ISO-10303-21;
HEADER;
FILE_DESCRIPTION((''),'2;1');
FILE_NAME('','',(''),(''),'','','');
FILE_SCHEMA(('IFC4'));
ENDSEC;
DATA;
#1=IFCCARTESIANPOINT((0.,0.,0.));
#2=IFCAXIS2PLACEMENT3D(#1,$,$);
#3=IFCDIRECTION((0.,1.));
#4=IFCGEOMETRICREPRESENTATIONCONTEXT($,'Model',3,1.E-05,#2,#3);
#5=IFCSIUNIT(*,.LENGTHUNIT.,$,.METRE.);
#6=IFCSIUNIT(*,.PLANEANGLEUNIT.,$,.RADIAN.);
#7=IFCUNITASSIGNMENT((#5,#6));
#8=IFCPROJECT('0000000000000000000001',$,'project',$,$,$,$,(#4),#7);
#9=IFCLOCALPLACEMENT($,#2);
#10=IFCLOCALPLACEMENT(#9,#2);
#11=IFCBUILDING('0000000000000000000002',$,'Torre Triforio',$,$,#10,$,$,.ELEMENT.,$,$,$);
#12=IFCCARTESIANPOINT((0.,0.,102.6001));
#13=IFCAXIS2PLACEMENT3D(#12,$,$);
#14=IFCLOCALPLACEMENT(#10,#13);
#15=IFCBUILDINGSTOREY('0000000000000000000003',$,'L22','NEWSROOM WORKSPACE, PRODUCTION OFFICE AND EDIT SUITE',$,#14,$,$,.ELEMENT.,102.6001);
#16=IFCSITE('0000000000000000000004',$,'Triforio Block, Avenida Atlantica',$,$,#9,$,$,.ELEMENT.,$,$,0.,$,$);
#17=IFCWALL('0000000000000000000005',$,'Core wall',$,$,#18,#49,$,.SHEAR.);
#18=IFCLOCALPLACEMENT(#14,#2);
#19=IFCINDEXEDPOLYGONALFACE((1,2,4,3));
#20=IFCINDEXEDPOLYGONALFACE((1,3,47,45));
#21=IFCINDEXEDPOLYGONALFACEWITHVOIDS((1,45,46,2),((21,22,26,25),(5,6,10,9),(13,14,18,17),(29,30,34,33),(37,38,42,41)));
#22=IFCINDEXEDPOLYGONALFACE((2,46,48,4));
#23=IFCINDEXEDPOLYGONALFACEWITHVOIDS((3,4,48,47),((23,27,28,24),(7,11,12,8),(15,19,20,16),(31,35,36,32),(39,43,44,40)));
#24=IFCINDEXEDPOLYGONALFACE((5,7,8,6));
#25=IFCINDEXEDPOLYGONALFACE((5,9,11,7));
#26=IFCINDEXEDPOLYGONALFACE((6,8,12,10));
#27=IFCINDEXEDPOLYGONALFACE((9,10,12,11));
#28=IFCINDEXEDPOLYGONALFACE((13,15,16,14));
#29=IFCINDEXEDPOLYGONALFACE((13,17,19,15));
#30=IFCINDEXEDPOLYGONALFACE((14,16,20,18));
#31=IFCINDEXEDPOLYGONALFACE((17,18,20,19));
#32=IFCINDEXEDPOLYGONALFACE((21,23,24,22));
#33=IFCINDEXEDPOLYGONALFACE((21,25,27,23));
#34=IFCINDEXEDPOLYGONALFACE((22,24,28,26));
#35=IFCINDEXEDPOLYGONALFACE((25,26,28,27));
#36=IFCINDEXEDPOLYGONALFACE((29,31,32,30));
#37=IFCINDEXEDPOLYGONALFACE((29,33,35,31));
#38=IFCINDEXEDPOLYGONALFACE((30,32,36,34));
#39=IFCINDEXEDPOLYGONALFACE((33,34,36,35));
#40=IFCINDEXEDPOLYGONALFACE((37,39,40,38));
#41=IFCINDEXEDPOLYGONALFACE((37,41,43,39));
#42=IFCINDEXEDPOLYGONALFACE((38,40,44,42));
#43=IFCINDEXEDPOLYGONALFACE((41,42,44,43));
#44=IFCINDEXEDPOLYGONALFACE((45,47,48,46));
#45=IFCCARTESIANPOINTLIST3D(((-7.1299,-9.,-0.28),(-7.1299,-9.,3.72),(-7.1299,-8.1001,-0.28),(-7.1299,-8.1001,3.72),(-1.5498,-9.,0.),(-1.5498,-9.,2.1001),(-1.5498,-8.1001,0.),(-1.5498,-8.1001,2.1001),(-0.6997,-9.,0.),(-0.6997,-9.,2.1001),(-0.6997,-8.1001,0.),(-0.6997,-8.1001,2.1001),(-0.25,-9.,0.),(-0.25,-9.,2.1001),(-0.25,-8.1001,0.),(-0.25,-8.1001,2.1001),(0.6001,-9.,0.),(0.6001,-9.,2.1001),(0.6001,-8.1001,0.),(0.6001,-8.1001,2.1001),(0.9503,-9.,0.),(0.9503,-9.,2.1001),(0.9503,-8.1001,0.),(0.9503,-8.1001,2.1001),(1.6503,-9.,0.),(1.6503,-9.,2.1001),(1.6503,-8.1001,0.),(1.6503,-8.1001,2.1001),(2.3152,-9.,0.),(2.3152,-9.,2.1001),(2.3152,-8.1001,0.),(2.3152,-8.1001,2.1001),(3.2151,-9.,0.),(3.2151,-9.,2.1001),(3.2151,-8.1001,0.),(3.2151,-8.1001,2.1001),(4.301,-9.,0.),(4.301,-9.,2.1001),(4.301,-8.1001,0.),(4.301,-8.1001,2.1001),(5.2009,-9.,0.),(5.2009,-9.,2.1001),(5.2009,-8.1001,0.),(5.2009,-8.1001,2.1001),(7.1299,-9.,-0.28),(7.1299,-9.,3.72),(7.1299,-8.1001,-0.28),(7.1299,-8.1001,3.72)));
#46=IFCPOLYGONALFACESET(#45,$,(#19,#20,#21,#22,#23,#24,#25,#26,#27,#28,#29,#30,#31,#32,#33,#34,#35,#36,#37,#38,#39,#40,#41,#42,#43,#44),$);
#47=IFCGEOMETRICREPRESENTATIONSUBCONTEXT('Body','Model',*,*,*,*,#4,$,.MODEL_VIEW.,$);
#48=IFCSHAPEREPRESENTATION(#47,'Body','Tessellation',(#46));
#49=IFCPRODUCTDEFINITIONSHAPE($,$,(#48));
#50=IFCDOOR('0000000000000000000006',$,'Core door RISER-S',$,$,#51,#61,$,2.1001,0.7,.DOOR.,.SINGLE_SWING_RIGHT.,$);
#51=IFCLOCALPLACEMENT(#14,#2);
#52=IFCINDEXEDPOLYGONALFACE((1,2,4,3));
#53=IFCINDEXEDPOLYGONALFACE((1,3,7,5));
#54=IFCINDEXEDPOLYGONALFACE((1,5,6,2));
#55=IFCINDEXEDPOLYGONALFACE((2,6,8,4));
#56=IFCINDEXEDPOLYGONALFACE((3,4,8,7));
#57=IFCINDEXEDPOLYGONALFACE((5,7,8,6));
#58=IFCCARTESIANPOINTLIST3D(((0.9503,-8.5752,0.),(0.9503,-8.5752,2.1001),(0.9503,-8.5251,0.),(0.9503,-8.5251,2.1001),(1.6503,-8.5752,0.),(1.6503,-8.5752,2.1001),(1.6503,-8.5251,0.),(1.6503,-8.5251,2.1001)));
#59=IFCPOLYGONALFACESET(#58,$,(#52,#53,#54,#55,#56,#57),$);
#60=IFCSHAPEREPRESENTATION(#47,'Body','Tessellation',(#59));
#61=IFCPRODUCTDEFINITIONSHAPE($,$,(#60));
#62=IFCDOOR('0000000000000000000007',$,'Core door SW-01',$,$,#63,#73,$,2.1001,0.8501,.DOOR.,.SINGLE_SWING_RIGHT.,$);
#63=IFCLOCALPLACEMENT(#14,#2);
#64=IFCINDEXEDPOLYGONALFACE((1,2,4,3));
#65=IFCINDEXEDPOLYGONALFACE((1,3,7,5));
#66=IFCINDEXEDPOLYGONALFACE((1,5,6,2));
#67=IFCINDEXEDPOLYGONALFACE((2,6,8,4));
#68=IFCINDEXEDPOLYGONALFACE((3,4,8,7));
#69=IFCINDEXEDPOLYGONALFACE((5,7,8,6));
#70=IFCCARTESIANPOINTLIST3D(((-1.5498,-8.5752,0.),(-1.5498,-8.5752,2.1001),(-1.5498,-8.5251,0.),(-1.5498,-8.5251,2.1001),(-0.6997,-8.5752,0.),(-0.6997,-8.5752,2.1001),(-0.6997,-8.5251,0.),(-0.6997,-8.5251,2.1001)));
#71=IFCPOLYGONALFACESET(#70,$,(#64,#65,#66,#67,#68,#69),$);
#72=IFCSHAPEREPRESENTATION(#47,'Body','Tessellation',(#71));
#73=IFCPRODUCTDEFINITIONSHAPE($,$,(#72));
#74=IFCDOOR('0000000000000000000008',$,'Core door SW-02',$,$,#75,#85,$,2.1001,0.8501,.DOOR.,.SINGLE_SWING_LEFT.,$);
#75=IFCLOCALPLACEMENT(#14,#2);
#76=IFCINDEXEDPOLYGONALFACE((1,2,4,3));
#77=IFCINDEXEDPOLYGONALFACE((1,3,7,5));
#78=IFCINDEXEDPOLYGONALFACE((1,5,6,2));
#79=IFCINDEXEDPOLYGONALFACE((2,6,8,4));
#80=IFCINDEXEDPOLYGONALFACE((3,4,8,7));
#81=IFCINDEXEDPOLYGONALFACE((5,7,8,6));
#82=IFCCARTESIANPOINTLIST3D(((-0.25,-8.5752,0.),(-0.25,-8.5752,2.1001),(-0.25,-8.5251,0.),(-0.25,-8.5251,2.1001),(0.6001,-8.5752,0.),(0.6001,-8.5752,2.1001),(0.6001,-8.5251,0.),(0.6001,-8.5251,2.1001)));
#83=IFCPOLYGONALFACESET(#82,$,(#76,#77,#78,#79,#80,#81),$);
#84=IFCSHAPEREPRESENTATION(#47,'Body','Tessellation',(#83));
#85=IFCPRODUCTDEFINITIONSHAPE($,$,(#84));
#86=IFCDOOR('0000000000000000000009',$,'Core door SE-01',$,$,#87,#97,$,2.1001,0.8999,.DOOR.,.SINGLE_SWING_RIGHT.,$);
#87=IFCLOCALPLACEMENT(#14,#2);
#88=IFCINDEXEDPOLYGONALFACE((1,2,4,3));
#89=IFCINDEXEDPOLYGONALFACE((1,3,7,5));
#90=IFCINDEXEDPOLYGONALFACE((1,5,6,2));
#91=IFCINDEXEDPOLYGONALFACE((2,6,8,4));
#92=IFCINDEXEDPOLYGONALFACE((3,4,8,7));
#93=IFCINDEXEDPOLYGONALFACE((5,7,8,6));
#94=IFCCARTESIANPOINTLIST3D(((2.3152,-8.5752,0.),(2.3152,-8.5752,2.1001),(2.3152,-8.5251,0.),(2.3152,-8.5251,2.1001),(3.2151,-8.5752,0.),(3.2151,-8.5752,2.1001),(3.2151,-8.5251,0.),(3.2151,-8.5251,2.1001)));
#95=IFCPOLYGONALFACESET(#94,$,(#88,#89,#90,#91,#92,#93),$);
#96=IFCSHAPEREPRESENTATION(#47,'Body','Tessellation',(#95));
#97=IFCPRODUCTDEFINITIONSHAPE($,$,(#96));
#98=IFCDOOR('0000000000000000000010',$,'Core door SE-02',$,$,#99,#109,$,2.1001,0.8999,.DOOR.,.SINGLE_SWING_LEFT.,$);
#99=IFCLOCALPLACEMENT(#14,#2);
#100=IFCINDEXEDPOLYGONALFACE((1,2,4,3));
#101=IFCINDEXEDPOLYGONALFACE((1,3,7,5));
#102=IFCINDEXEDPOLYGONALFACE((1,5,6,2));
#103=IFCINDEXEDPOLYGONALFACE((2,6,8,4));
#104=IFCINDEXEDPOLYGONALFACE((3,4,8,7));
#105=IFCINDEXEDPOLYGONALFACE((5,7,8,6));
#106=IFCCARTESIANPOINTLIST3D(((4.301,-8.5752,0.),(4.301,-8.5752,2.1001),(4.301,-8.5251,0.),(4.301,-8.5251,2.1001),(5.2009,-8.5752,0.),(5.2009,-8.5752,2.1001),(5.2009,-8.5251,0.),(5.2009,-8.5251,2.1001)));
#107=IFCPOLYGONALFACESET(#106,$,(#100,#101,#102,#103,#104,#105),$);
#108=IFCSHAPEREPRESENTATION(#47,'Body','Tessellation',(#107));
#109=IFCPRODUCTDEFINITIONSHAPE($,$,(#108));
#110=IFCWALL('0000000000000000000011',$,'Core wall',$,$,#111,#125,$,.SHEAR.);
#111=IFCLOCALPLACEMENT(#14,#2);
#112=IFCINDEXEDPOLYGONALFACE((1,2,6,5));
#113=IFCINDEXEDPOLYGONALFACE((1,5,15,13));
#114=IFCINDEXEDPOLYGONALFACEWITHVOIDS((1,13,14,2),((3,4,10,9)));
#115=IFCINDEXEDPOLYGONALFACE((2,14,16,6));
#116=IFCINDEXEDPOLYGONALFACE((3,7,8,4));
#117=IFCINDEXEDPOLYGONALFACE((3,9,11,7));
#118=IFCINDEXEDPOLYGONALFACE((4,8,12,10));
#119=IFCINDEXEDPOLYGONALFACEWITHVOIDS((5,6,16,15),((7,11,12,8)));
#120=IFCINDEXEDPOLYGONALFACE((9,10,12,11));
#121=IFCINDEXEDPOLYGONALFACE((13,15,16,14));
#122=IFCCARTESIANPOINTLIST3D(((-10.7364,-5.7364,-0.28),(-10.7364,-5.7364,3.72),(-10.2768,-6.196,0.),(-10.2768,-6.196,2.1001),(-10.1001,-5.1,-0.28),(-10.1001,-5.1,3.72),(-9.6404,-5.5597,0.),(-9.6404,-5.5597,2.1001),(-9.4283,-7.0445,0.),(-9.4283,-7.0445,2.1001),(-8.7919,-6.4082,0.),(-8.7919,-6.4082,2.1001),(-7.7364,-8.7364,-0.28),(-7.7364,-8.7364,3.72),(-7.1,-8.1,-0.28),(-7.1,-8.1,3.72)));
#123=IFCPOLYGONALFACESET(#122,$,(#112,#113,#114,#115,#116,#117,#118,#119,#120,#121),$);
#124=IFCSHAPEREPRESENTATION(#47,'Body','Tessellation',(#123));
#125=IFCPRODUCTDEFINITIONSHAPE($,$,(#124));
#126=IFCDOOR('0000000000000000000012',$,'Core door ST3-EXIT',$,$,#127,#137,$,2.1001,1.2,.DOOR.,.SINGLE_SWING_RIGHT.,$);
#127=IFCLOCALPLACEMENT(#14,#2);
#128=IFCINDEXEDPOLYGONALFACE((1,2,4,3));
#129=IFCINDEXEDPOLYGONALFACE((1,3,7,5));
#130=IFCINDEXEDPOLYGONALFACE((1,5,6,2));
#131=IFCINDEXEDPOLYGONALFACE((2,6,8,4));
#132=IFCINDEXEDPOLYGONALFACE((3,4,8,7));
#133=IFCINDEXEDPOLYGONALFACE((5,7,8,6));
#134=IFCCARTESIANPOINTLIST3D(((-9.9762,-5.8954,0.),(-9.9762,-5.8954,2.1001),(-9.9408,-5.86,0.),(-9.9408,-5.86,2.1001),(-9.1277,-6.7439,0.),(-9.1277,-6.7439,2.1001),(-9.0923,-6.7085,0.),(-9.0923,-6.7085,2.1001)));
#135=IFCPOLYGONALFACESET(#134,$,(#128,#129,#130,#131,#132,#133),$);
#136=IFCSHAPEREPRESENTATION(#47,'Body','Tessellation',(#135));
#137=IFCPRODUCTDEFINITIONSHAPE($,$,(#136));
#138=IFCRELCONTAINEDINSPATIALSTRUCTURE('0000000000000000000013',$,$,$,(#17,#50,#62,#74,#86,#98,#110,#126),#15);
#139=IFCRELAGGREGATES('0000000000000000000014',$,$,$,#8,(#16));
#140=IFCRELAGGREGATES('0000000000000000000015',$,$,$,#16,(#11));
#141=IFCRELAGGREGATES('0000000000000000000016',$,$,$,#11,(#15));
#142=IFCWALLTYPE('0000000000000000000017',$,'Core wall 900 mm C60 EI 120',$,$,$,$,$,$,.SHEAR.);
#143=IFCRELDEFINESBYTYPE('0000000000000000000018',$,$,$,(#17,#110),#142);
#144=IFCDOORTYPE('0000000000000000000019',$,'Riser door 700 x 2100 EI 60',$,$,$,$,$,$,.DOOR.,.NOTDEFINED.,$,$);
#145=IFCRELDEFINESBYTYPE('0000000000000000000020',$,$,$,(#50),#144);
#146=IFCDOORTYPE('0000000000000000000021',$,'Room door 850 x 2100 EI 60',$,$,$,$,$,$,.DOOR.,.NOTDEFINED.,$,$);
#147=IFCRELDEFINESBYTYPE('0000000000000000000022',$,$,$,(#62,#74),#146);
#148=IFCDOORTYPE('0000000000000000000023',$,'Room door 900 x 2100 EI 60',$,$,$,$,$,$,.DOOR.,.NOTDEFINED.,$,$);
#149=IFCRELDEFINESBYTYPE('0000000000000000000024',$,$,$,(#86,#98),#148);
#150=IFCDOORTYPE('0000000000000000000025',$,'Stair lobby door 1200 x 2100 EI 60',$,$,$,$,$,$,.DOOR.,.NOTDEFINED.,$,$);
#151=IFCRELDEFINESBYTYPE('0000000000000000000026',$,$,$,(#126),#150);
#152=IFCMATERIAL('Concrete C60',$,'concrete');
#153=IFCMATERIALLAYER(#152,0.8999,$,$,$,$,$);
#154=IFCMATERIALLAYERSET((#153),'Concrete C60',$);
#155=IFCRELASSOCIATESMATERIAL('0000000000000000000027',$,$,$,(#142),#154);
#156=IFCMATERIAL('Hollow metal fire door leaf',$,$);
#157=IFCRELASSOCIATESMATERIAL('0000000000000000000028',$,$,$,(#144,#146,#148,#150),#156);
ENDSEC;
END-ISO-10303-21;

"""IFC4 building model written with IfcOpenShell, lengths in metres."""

from ifc_helpers import new_model, si_unit, direction, frame, frame_2d, origin, place, context, subcontext, project, spatial, rectangle, extrude, material, layer, layer_set, type_object, element, fill, save


model = new_model("IFC4")

# Units and contexts
model_context = context("Model", 3, precision=1e-05, world=origin(), true_north=direction((0.0, 1.0)))
body_context = subcontext(model_context, "Body", "Model", "MODEL_VIEW")
ifc_project = project(units=[si_unit("LENGTHUNIT", "METRE"), si_unit("PLANEANGLEUNIT", "RADIAN")], contexts=[model_context])

# Site, building, storey
site_placement = place(None, origin())
site = spatial("IfcSite", under=ifc_project, at=site_placement, Name="Triforio Block, Avenida Atlantica", CompositionType="ELEMENT", RefElevation=0.0)
building_placement = place(site_placement, origin())
building = spatial("IfcBuilding", under=site, at=building_placement, Name="Torre Triforio", CompositionType="ELEMENT")
storey_placement = place(building_placement, frame((0.0, 0.0, 102.6001)))
storey = spatial("IfcBuildingStorey", under=building, at=storey_placement, Name="L22", Description="NEWSROOM WORKSPACE, PRODUCTION OFFICE AND EDIT SUITE", CompositionType="ELEMENT", Elevation=102.6001)

# Shared definitions
ifc_material_1 = material(Name="Concrete C60", Category="concrete")

# Wall, openings, doors
ifc_layer_1 = layer(ifc_material_1, 0.8999)
ifc_layer_set_1 = layer_set([ifc_layer_1], Name="Concrete C60")
wall_type_1 = type_object("IfcWallType", Name="Core wall 900 mm C60 EI 120", PredefinedType="SHEAR", material=ifc_layer_set_1)
wall_1_placement = place(storey_placement, frame((-7.1299, -8.55, -0.28), z_axis=(0.0, 0.0, 1.0), x_axis=(1.0, 0.0, 0.0)))
wall_1 = element("IfcWall", 1, at=wall_1_placement, inside=storey, type_object=wall_type_1, Name="Core wall", PredefinedType="SHEAR", context=body_context, shape_type="SweptSolid", body=[
    extrude(rectangle(XDim=14.2598, YDim=0.8999, at=frame_2d((7.1299, 0.0))), origin(), (0.0, 0.0, 1.0), 4.0),
])
opening_1_placement = place(wall_1_placement, frame((8.0801, 0.0, 0.28)))
opening_1 = element("IfcOpeningElement", 2, at=opening_1_placement, cuts=wall_1, PredefinedType="OPENING", context=body_context, shape_type="SweptSolid", body=[
    extrude(rectangle(XDim=0.7, YDim=2.1001, at=frame_2d((0.3501, 1.05))), frame((0.0, 0.46, 0.0), z_axis=(0.0, -1.0, 0.0), x_axis=(1.0, 0.0, 0.0)), (0.0, 0.0, 1.0), 0.9199),
])
opening_2_placement = place(wall_1_placement, frame((5.5801, 0.0, 0.28)))
opening_2 = element("IfcOpeningElement", 3, at=opening_2_placement, cuts=wall_1, PredefinedType="OPENING", context=body_context, shape_type="SweptSolid", body=[
    extrude(rectangle(XDim=0.8501, YDim=2.1001, at=frame_2d((0.425, 1.05))), frame((0.0, 0.46, 0.0), z_axis=(0.0, -1.0, 0.0), x_axis=(1.0, 0.0, 0.0)), (0.0, 0.0, 1.0), 0.9199),
])
opening_3_placement = place(wall_1_placement, frame((6.8799, 0.0, 0.28)))
opening_3 = element("IfcOpeningElement", 4, at=opening_3_placement, cuts=wall_1, PredefinedType="OPENING", context=body_context, shape_type="SweptSolid", body=[
    extrude(rectangle(XDim=0.8501, YDim=2.1001, at=frame_2d((0.425, 1.05))), frame((0.0, 0.46, 0.0), z_axis=(0.0, -1.0, 0.0), x_axis=(1.0, 0.0, 0.0)), (0.0, 0.0, 1.0), 0.9199),
])
opening_4_placement = place(wall_1_placement, frame((9.4451, 0.0, 0.28)))
opening_4 = element("IfcOpeningElement", 5, at=opening_4_placement, cuts=wall_1, PredefinedType="OPENING", context=body_context, shape_type="SweptSolid", body=[
    extrude(rectangle(XDim=0.8999, YDim=2.1001, at=frame_2d((0.45, 1.05))), frame((0.0, 0.46, 0.0), z_axis=(0.0, -1.0, 0.0), x_axis=(1.0, 0.0, 0.0)), (0.0, 0.0, 1.0), 0.9199),
])
opening_5_placement = place(wall_1_placement, frame((11.4309, 0.0, 0.28)))
opening_5 = element("IfcOpeningElement", 6, at=opening_5_placement, cuts=wall_1, PredefinedType="OPENING", context=body_context, shape_type="SweptSolid", body=[
    extrude(rectangle(XDim=0.8999, YDim=2.1001, at=frame_2d((0.45, 1.05))), frame((0.0, 0.46, 0.0), z_axis=(0.0, -1.0, 0.0), x_axis=(1.0, 0.0, 0.0)), (0.0, 0.0, 1.0), 0.9199),
])
ifc_material_2 = material(Name="Hollow metal fire door leaf")
door_type_1 = type_object("IfcDoorType", Name="Riser door 700 x 2100 EI 60", OperationType="NOTDEFINED", PredefinedType="DOOR", material=ifc_material_2)
door_1_placement = place(opening_1_placement, origin())
door_1 = element("IfcDoor", 7, at=door_1_placement, inside=storey, type_object=door_type_1, Name="Core door RISER-S", OperationType="SINGLE_SWING_RIGHT", OverallHeight=2.1001, OverallWidth=0.7, PredefinedType="DOOR", context=body_context, shape_type="SweptSolid", body=[
    extrude(rectangle(XDim=0.7, YDim=2.1001, at=frame_2d((0.3501, 1.05))), frame((0.0, 0.0249, 0.0), z_axis=(0.0, -1.0, 0.0), x_axis=(1.0, 0.0, 0.0)), (0.0, 0.0, 1.0), 0.05),
])
fill(opening_1, door_1)
door_type_2 = type_object("IfcDoorType", Name="Room door 850 x 2100 EI 60", OperationType="NOTDEFINED", PredefinedType="DOOR", material=ifc_material_2)
door_2_placement = place(opening_2_placement, origin())
door_2 = element("IfcDoor", 8, at=door_2_placement, inside=storey, type_object=door_type_2, Name="Core door SW-01", OperationType="SINGLE_SWING_RIGHT", OverallHeight=2.1001, OverallWidth=0.8501, PredefinedType="DOOR", context=body_context, shape_type="SweptSolid", body=[
    extrude(rectangle(XDim=0.8501, YDim=2.1001, at=frame_2d((0.425, 1.05))), frame((0.0, 0.0249, 0.0), z_axis=(0.0, -1.0, 0.0), x_axis=(1.0, 0.0, 0.0)), (0.0, 0.0, 1.0), 0.05),
])
fill(opening_2, door_2)
door_3_placement = place(opening_3_placement, origin())
door_3 = element("IfcDoor", 9, at=door_3_placement, inside=storey, type_object=door_type_2, Name="Core door SW-02", OperationType="SINGLE_SWING_LEFT", OverallHeight=2.1001, OverallWidth=0.8501, PredefinedType="DOOR", context=body_context, shape_type="SweptSolid", body=[
    extrude(rectangle(XDim=0.8501, YDim=2.1001, at=frame_2d((0.425, 1.05))), frame((0.0, 0.0249, 0.0), z_axis=(0.0, -1.0, 0.0), x_axis=(1.0, 0.0, 0.0)), (0.0, 0.0, 1.0), 0.05),
])
fill(opening_3, door_3)
door_type_3 = type_object("IfcDoorType", Name="Room door 900 x 2100 EI 60", OperationType="NOTDEFINED", PredefinedType="DOOR", material=ifc_material_2)
door_4_placement = place(opening_4_placement, origin())
door_4 = element("IfcDoor", 10, at=door_4_placement, inside=storey, type_object=door_type_3, Name="Core door SE-01", OperationType="SINGLE_SWING_RIGHT", OverallHeight=2.1001, OverallWidth=0.8999, PredefinedType="DOOR", context=body_context, shape_type="SweptSolid", body=[
    extrude(rectangle(XDim=0.8999, YDim=2.1001, at=frame_2d((0.45, 1.05))), frame((0.0, 0.0249, 0.0), z_axis=(0.0, -1.0, 0.0), x_axis=(1.0, 0.0, 0.0)), (0.0, 0.0, 1.0), 0.05),
])
fill(opening_4, door_4)
door_5_placement = place(opening_5_placement, origin())
door_5 = element("IfcDoor", 11, at=door_5_placement, inside=storey, type_object=door_type_3, Name="Core door SE-02", OperationType="SINGLE_SWING_LEFT", OverallHeight=2.1001, OverallWidth=0.8999, PredefinedType="DOOR", context=body_context, shape_type="SweptSolid", body=[
    extrude(rectangle(XDim=0.8999, YDim=2.1001, at=frame_2d((0.45, 1.05))), frame((0.0, 0.0249, 0.0), z_axis=(0.0, -1.0, 0.0), x_axis=(1.0, 0.0, 0.0)), (0.0, 0.0, 1.0), 0.05),
])
fill(opening_5, door_5)

# Wall, opening, door
wall_2_placement = place(storey_placement, frame((-7.4182, -8.4182, -0.28), z_axis=(0.0, 0.0, 1.0), x_axis=(-0.707107, 0.707107, 0.0)))
wall_2 = element("IfcWall", 12, at=wall_2_placement, inside=storey, type_object=wall_type_1, Name="Core wall", PredefinedType="SHEAR", context=body_context, shape_type="SweptSolid", body=[
    extrude(rectangle(XDim=4.2427, YDim=0.8999, at=frame_2d((2.1213, 0.0))), origin(), (0.0, 0.0, 1.0), 4.0),
])
opening_6_placement = place(wall_2_placement, frame((2.3926, 0.0, 0.28)))
opening_6 = element("IfcOpeningElement", 13, at=opening_6_placement, cuts=wall_2, PredefinedType="OPENING", context=body_context, shape_type="SweptSolid", body=[
    extrude(rectangle(XDim=1.2, YDim=2.1001, at=frame_2d((0.6001, 1.05))), frame((0.0, 0.46, 0.0), z_axis=(0.0, -1.0, 0.0), x_axis=(1.0, 0.0, 0.0)), (0.0, 0.0, 1.0), 0.9199),
])
door_type_4 = type_object("IfcDoorType", Name="Stair lobby door 1200 x 2100 EI 60", OperationType="NOTDEFINED", PredefinedType="DOOR", material=ifc_material_2)
door_6_placement = place(opening_6_placement, origin())
door_6 = element("IfcDoor", 14, at=door_6_placement, inside=storey, type_object=door_type_4, Name="Core door ST3-EXIT", OperationType="SINGLE_SWING_RIGHT", OverallHeight=2.1001, OverallWidth=1.2, PredefinedType="DOOR", context=body_context, shape_type="SweptSolid", body=[
    extrude(rectangle(XDim=1.2, YDim=2.1001, at=frame_2d((0.6001, 1.05))), frame((0.0, 0.0249, 0.0), z_axis=(0.0, -1.0, 0.0), x_axis=(1.0, 0.0, 0.0)), (0.0, 0.0, 1.0), 0.05),
])
fill(opening_6, door_6)

save(model, "model.ifc")
